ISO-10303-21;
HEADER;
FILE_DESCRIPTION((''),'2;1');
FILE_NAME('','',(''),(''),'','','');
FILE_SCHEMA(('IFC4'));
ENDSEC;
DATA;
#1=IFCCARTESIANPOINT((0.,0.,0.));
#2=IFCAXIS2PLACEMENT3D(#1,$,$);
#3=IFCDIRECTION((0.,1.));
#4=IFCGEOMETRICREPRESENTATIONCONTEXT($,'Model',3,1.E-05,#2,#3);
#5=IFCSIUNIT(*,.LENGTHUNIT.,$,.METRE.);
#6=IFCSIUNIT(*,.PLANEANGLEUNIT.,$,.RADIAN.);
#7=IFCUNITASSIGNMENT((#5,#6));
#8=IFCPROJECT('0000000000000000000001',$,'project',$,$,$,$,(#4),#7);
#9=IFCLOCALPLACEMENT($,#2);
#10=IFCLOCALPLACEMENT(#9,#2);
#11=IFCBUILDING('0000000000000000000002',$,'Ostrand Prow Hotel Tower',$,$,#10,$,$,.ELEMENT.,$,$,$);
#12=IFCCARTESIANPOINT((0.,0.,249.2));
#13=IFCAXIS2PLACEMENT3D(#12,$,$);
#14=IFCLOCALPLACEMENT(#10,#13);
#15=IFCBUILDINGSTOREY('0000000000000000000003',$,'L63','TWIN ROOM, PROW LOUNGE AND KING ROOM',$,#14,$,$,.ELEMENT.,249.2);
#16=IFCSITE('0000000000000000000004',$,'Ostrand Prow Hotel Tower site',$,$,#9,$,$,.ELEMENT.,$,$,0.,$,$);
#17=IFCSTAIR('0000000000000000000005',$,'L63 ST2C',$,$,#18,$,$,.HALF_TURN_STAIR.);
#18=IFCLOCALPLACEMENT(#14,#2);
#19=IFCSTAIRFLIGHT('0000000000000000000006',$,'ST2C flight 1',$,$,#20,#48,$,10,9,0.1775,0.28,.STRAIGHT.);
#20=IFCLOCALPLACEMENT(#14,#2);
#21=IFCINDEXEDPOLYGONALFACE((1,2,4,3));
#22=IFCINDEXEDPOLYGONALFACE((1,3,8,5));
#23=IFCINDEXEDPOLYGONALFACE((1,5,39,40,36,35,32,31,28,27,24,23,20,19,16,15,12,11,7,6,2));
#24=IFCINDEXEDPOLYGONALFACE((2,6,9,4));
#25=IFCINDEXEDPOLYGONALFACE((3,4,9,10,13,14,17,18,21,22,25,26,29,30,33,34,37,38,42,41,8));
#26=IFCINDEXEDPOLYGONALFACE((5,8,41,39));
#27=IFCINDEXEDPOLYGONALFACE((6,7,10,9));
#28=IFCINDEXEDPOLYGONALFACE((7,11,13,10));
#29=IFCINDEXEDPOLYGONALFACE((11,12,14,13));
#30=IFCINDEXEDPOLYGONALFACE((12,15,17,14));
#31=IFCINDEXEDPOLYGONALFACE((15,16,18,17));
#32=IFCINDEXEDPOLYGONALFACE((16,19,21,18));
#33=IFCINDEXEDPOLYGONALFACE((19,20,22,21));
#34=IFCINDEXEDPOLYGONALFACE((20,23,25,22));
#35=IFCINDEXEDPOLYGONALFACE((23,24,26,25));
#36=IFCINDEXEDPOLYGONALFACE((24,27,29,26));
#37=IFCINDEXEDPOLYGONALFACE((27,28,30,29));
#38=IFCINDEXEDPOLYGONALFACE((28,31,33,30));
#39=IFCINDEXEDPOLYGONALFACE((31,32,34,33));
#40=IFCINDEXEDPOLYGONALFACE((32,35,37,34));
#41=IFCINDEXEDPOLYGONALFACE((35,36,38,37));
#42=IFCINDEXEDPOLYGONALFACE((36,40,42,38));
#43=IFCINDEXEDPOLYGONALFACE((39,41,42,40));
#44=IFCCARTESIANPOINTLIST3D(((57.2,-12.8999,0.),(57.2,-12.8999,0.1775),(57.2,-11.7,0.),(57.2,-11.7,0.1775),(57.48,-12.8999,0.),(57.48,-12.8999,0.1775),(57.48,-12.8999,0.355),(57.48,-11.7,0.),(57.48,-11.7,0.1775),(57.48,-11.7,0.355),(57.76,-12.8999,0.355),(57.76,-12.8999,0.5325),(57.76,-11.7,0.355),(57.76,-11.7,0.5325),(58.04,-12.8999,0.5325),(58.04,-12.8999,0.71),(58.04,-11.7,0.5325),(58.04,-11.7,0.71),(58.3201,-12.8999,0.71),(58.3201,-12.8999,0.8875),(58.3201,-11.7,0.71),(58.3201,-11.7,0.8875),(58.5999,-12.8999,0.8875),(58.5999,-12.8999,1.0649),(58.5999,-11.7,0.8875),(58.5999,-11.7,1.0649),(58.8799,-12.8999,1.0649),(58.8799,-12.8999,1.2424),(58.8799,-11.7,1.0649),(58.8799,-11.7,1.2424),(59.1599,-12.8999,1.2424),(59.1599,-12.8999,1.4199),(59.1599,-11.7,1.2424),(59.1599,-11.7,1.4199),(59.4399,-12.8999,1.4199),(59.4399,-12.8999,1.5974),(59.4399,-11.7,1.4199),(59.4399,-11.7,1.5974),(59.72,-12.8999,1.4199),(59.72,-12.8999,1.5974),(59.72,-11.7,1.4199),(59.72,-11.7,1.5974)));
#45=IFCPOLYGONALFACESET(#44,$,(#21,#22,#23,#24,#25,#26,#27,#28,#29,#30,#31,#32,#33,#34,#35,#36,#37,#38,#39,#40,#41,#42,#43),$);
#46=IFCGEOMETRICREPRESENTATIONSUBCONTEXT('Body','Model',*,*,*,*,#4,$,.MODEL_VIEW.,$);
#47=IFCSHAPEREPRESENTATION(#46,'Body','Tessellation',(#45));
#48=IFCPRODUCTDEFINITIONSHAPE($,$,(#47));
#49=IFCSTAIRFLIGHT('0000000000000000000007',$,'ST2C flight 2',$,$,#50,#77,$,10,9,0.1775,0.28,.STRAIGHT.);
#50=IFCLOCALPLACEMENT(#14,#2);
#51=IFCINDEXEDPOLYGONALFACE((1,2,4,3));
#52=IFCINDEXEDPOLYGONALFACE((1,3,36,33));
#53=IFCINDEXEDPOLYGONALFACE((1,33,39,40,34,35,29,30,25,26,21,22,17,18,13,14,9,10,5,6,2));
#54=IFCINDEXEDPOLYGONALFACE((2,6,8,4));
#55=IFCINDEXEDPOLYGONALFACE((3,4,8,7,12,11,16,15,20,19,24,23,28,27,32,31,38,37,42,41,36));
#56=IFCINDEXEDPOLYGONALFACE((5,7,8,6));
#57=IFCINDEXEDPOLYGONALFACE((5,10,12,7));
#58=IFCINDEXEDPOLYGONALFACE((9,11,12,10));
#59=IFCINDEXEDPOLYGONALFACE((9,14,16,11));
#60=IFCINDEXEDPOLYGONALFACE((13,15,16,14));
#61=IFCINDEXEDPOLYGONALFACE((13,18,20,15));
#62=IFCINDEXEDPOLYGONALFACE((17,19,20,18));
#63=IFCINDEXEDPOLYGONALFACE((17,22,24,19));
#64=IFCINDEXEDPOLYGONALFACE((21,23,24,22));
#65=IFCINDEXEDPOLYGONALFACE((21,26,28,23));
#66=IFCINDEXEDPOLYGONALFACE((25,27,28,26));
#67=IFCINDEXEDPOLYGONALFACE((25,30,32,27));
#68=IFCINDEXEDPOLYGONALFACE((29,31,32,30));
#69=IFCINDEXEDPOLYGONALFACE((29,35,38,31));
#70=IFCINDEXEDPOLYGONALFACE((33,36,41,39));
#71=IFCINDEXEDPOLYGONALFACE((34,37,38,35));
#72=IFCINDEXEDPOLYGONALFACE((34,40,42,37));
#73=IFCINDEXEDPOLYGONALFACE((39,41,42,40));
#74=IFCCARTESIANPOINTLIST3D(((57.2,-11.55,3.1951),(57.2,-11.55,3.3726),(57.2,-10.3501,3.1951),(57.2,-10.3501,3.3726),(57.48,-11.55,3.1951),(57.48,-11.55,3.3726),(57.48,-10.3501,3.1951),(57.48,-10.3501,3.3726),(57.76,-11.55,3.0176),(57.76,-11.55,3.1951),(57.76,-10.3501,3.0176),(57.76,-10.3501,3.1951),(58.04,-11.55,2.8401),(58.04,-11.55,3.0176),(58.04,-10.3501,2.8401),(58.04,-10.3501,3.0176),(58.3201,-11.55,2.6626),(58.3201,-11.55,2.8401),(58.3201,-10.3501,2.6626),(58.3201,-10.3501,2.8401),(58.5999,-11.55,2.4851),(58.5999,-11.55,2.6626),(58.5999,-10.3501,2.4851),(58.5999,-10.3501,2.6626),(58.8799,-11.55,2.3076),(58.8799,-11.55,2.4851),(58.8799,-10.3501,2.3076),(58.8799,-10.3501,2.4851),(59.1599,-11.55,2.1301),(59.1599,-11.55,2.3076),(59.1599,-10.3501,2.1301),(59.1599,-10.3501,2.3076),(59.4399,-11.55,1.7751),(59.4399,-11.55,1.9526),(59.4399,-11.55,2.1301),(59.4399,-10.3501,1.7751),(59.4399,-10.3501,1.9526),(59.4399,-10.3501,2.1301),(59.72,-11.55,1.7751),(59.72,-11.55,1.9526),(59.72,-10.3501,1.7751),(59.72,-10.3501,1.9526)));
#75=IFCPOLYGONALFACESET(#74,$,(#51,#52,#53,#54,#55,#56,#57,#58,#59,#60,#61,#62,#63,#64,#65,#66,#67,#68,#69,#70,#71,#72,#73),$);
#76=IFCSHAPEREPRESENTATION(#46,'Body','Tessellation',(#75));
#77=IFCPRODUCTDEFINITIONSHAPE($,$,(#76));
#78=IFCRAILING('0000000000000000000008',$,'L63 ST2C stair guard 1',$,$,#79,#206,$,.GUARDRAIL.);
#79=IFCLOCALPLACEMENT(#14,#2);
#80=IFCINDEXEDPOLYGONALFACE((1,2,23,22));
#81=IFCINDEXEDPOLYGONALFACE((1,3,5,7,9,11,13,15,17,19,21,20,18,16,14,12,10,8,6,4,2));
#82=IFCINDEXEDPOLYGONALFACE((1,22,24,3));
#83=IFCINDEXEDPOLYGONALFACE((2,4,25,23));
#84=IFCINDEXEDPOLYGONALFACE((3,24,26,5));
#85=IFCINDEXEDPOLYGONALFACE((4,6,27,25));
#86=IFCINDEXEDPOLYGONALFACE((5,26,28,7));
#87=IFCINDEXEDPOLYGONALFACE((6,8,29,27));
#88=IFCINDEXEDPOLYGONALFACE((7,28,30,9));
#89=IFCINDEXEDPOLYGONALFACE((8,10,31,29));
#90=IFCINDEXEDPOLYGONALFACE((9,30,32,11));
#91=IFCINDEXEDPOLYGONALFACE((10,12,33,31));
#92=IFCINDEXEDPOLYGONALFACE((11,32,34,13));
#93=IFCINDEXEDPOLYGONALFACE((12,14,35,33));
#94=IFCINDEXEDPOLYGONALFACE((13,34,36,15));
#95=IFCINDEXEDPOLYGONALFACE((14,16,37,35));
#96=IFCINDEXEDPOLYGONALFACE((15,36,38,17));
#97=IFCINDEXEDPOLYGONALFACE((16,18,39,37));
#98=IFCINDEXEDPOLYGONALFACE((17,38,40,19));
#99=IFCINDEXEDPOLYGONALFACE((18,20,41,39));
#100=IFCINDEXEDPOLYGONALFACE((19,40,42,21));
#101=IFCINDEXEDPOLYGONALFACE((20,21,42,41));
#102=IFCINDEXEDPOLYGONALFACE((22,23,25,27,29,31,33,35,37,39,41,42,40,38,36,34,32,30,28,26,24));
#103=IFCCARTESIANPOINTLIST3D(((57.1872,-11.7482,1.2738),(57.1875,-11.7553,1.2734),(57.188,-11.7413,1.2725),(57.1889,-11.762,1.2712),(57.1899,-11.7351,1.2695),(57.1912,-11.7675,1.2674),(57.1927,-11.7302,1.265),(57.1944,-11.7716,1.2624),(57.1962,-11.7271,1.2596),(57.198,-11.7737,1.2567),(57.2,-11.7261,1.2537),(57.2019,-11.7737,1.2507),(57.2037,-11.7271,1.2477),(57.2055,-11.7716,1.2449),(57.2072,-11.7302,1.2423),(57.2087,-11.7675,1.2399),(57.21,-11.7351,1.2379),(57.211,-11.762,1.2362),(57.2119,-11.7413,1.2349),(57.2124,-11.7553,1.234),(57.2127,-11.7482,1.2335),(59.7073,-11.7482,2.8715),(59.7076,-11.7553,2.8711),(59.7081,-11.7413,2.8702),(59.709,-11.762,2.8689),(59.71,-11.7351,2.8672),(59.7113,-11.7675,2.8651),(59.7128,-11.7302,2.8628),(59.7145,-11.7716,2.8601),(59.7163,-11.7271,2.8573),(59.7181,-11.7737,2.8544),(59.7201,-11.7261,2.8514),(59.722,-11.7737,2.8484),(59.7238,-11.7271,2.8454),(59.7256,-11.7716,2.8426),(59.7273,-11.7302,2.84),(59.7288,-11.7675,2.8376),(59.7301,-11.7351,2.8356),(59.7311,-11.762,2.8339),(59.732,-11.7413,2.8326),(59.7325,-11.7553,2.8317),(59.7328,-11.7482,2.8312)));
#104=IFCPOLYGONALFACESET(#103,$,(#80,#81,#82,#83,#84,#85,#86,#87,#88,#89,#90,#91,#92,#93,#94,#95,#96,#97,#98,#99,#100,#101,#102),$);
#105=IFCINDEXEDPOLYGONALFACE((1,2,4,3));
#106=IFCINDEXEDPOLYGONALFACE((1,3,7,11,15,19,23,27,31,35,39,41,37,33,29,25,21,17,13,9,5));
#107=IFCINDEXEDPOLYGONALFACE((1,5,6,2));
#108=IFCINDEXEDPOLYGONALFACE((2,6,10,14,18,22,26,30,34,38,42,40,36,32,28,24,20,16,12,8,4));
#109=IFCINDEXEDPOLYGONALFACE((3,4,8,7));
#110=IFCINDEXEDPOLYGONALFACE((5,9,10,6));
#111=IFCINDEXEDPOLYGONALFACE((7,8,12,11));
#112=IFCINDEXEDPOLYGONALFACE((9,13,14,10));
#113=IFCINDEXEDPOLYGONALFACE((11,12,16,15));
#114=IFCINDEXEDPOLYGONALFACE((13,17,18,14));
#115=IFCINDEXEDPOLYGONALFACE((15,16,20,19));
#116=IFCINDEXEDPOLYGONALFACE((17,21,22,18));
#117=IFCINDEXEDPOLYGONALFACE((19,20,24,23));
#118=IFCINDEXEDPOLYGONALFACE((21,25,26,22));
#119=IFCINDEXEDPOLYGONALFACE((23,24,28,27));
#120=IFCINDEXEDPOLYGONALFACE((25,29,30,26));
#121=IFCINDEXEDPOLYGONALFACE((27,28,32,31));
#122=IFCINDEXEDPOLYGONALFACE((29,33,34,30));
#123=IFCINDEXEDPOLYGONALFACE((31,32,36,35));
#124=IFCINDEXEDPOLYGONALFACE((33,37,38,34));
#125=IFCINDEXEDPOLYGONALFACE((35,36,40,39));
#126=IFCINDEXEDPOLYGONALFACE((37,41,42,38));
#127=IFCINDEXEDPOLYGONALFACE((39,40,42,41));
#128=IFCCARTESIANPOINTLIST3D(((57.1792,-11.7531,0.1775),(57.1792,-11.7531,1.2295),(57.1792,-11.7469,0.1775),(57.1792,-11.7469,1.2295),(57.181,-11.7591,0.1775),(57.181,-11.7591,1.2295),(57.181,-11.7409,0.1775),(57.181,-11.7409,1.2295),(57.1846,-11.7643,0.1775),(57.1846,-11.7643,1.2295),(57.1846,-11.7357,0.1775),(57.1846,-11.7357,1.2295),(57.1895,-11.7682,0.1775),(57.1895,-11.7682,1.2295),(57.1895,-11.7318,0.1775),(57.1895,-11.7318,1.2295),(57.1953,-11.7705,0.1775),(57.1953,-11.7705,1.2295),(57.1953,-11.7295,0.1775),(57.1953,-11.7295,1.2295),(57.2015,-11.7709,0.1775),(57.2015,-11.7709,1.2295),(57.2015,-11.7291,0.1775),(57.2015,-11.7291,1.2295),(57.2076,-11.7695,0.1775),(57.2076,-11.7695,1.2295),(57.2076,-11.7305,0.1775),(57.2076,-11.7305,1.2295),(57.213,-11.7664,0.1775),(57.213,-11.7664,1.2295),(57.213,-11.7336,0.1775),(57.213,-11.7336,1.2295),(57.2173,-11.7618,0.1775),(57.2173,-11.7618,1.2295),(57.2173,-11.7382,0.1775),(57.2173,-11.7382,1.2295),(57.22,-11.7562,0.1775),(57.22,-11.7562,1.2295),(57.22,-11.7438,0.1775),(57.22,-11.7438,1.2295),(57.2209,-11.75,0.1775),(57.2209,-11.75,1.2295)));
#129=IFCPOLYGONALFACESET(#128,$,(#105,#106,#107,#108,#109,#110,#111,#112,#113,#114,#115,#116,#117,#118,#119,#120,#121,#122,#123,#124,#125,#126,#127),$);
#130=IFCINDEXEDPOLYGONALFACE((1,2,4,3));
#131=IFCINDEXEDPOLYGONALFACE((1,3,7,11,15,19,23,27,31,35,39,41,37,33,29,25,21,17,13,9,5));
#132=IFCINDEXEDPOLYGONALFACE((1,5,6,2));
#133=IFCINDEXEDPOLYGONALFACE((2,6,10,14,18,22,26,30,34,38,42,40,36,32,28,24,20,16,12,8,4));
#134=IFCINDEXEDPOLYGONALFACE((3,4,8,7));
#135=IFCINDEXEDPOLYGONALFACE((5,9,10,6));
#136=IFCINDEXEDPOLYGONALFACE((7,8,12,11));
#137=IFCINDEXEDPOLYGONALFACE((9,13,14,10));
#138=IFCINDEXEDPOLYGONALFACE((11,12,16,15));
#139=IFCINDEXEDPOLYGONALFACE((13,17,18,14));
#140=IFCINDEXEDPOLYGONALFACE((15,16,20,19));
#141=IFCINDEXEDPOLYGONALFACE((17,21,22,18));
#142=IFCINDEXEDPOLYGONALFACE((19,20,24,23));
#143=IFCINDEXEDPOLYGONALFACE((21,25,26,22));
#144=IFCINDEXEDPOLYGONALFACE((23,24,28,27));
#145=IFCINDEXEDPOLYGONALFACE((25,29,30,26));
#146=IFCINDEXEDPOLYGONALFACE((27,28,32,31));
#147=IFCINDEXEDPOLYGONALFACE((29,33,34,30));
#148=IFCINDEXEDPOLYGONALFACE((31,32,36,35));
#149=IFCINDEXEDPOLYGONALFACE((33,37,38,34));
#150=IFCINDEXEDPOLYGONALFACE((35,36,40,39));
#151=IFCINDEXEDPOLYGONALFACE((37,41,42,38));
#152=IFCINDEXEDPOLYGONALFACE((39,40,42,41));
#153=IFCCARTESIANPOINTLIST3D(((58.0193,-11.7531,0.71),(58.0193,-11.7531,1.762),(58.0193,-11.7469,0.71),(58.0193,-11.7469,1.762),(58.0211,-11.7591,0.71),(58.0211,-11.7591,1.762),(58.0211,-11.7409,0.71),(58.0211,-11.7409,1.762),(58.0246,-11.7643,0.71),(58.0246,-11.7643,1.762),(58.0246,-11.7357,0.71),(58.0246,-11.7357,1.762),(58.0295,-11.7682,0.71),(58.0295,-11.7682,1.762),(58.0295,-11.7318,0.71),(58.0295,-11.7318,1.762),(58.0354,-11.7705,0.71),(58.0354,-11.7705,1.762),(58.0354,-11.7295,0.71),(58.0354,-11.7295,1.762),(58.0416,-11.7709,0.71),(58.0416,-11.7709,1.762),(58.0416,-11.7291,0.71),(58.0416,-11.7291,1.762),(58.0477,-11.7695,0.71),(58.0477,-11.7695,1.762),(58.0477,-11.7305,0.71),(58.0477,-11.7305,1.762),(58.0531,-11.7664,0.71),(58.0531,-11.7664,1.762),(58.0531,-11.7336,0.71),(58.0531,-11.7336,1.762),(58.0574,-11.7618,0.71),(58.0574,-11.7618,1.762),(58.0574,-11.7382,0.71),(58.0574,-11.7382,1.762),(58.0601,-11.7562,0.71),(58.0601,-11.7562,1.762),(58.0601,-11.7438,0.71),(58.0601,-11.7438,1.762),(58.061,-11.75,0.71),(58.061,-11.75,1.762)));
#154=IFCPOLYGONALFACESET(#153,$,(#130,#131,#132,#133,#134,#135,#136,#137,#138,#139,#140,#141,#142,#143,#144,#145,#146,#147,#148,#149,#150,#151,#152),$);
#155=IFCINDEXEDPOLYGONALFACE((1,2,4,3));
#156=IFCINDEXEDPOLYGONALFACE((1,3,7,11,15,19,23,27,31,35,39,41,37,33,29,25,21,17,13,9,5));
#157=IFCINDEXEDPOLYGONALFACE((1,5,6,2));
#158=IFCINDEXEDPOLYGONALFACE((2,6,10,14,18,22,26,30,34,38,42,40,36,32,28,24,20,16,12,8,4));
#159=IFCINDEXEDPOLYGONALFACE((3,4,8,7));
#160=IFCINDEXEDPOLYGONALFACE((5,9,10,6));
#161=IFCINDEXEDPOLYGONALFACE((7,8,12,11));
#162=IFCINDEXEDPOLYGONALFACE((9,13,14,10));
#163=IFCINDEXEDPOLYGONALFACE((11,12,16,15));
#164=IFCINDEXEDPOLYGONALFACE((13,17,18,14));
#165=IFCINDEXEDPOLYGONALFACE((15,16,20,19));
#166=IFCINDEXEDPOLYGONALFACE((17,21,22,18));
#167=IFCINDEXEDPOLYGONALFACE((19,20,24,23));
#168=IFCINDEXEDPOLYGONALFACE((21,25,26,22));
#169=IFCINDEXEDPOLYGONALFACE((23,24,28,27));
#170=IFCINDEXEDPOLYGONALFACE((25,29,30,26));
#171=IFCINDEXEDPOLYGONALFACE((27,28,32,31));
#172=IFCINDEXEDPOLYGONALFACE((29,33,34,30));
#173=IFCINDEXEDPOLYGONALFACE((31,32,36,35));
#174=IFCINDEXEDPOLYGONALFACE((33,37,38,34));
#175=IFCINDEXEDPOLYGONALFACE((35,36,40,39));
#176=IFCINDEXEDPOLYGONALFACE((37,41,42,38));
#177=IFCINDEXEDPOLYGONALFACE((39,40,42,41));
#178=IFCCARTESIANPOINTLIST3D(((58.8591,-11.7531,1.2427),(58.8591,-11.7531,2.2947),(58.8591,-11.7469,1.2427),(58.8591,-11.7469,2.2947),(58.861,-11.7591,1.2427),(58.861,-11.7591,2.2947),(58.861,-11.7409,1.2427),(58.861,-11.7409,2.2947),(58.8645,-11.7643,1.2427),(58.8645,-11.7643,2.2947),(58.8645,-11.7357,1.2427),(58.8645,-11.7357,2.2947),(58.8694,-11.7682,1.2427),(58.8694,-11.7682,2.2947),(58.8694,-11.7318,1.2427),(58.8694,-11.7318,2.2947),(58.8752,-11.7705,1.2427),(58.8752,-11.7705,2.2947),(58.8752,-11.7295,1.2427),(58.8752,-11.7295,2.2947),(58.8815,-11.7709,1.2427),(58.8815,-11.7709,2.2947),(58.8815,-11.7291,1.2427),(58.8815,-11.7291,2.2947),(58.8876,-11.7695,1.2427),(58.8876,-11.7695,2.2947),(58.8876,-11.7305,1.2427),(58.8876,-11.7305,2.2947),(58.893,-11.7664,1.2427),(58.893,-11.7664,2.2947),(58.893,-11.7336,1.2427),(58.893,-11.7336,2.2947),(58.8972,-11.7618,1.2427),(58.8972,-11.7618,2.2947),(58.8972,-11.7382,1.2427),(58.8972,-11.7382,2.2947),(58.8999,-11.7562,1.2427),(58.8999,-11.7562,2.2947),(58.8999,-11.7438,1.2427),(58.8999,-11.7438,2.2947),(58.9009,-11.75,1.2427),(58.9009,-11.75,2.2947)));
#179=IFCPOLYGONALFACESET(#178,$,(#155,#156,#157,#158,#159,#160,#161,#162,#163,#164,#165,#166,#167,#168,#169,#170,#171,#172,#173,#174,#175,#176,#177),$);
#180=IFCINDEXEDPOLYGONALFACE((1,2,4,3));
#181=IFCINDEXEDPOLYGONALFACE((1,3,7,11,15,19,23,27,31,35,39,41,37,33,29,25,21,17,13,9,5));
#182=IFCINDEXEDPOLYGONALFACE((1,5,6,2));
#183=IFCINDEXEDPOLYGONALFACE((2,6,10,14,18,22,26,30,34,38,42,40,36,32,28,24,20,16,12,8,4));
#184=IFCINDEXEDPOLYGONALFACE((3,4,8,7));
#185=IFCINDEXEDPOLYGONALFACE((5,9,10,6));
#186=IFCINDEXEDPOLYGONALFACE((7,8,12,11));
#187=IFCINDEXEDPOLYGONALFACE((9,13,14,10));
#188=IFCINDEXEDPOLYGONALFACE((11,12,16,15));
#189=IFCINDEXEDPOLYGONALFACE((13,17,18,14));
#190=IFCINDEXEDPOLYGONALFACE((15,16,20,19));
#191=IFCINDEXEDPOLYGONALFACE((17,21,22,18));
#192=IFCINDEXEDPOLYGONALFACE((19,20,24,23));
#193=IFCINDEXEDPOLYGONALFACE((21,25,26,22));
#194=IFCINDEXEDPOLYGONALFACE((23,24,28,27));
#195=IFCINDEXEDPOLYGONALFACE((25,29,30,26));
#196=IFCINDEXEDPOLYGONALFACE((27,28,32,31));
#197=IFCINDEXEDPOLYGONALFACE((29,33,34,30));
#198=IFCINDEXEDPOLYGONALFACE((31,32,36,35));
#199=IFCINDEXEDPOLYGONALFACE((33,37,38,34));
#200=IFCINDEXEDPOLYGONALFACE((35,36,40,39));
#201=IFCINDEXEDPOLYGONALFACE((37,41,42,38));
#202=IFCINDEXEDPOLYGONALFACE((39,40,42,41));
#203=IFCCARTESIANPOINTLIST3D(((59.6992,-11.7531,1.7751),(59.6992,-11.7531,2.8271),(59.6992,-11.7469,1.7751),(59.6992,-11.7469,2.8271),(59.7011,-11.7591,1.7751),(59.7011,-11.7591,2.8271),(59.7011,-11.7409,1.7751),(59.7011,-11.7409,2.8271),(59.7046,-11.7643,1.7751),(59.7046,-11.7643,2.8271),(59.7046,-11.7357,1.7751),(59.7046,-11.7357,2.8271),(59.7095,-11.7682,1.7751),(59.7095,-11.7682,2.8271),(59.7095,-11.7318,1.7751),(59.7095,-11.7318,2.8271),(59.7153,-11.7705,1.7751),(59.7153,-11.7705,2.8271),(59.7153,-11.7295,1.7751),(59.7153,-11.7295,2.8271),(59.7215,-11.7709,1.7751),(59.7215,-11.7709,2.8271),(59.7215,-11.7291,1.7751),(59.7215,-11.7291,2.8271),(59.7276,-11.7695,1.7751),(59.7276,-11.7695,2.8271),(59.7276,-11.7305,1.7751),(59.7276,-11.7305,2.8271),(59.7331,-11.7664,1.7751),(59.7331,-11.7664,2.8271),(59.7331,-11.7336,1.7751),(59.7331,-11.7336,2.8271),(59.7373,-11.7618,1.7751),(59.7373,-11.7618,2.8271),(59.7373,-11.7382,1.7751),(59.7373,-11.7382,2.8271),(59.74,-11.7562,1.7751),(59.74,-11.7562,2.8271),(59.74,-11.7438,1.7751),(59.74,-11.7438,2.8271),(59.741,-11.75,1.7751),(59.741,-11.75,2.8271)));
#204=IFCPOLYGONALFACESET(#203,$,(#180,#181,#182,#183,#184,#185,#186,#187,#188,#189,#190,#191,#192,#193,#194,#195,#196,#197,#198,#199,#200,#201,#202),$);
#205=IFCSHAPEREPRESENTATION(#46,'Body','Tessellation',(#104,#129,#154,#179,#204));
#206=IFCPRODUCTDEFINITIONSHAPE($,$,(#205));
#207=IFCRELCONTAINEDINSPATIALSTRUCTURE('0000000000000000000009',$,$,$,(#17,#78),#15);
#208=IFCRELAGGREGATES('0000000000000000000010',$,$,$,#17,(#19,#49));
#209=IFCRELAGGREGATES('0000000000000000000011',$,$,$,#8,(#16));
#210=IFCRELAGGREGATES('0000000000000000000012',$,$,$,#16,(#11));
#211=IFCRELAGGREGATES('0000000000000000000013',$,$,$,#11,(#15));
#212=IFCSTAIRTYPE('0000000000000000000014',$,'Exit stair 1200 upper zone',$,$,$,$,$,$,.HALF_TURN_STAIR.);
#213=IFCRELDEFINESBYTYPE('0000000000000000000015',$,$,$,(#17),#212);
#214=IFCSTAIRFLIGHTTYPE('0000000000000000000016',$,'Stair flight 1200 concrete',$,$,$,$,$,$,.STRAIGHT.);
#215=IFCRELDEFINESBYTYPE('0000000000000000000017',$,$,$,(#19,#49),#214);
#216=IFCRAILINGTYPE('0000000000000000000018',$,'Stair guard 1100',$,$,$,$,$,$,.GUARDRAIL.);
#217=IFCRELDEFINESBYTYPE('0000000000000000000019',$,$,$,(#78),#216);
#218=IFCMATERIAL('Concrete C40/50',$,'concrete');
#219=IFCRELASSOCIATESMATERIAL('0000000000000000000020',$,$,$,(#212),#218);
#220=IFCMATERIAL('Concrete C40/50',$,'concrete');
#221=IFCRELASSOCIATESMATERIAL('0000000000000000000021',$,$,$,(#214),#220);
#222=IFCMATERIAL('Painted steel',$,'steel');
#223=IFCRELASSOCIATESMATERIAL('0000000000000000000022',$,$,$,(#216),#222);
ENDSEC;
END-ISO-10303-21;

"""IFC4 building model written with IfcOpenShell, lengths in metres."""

from ifc_helpers import new_model, si_unit, direction, frame, origin, origin_2d, place, context, subcontext, project, spatial, polyline, circle, outline, extrude, material, type_object, element, aggregate, save


model = new_model("IFC4")

# Units and contexts
model_context = context("Model", 3, precision=1e-05, world=origin(), true_north=direction((0.0, 1.0)))
body_context = subcontext(model_context, "Body", "Model", "MODEL_VIEW")
ifc_project = project(units=[si_unit("LENGTHUNIT", "METRE"), si_unit("PLANEANGLEUNIT", "RADIAN")], contexts=[model_context])

# Site, building, storey
site_placement = place(None, origin())
site = spatial("IfcSite", under=ifc_project, at=site_placement, Name="Ostrand Prow Hotel Tower site", CompositionType="ELEMENT", RefElevation=0.0)
building_placement = place(site_placement, origin())
building = spatial("IfcBuilding", under=site, at=building_placement, Name="Ostrand Prow Hotel Tower", CompositionType="ELEMENT")
storey_placement = place(building_placement, frame((0.0, 0.0, 249.2)))
storey = spatial("IfcBuildingStorey", under=building, at=storey_placement, Name="L63", Description="TWIN ROOM, PROW LOUNGE AND KING ROOM", CompositionType="ELEMENT", Elevation=249.2)

# Stair, stair flights
ifc_material_1 = material(Name="Concrete C40/50", Category="concrete")
stair_type = type_object("IfcStairType", Name="Exit stair 1200 upper zone", PredefinedType="HALF_TURN_STAIR", material=ifc_material_1)
stair_placement = place(storey_placement, origin())
stair = element("IfcStair", 1, at=stair_placement, inside=storey, type_object=stair_type, Name="L63 ST2C", PredefinedType="HALF_TURN_STAIR")
ifc_material_2 = material(Name="Concrete C40/50", Category="concrete")
stair_flight_type = type_object("IfcStairFlightType", Name="Stair flight 1200 concrete", PredefinedType="STRAIGHT", material=ifc_material_2)
stair_flight_1_placement = place(storey_placement, frame((57.2, -12.3, 0.0), z_axis=(0.0, 0.0, 1.0), x_axis=(1.0, 0.0, 0.0)))
stair_flight_1 = element("IfcStairFlight", 2, at=stair_flight_1_placement, type_object=stair_flight_type, Name="ST2C flight 1", NumberOfRisers=10, NumberOfTreads=9, PredefinedType="STRAIGHT", RiserHeight=0.1775, TreadLength=0.28, context=body_context, shape_type="SweptSolid", body=[
    extrude(outline(polyline([(0.0, 0.0), (0.0, 0.1775), (0.28, 0.1775), (0.28, 0.355), (0.5601, 0.355), (0.5601, 0.5325), (0.8401, 0.5325), (0.8401, 0.71), (1.1201, 0.71), (1.1201, 0.8875), (1.3999, 0.8875), (1.3999, 1.0649), (1.6799, 1.0649), (1.6799, 1.2424), (1.96, 1.2424), (1.96, 1.4199), (2.24, 1.4199), (2.24, 1.5974), (2.52, 1.5974), (2.52, 1.7749), (2.52, 1.4199), (0.28, 0.0), (0.0, 0.0)])), frame((0.0, 0.6001, 0.0), z_axis=(0.0, -1.0, 0.0), x_axis=(1.0, 0.0, 0.0)), (0.0, 0.0, 1.0), 1.2),
])
stair_flight_2_placement = place(storey_placement, frame((59.72, -10.95, 1.7751), z_axis=(0.0, 0.0, 1.0), x_axis=(-1.0, 0.0, 0.0)))
stair_flight_2 = element("IfcStairFlight", 3, at=stair_flight_2_placement, type_object=stair_flight_type, Name="ST2C flight 2", NumberOfRisers=10, NumberOfTreads=9, PredefinedType="STRAIGHT", RiserHeight=0.1775, TreadLength=0.28, context=body_context, shape_type="SweptSolid", body=[
    extrude(outline(polyline([(0.0, 0.0), (0.0, 0.1775), (0.28, 0.1775), (0.28, 0.355), (0.5601, 0.355), (0.5601, 0.5325), (0.8401, 0.5325), (0.8401, 0.71), (1.1201, 0.71), (1.1201, 0.8875), (1.3999, 0.8875), (1.3999, 1.0649), (1.6799, 1.0649), (1.6799, 1.2424), (1.96, 1.2424), (1.96, 1.4199), (2.24, 1.4199), (2.24, 1.5974), (2.52, 1.5974), (2.52, 1.7749), (2.52, 1.4199), (0.28, 0.0), (0.0, 0.0)])), frame((0.0, 0.6001, 0.0), z_axis=(0.0, -1.0, 0.0), x_axis=(1.0, 0.0, 0.0)), (0.0, 0.0, 1.0), 1.2),
])
aggregate(stair, [stair_flight_1, stair_flight_2])

# Railing
ifc_material_3 = material(Name="Painted steel", Category="steel")
railing_type_1 = type_object("IfcRailingType", Name="Stair guard 1100", PredefinedType="GUARDRAIL", material=ifc_material_3)
railing_1_placement = place(storey_placement, frame((57.2, -11.75, 0.1775)))
element("IfcRailing", 4, at=railing_1_placement, inside=storey, type_object=railing_type_1, Name="L63 ST2C stair guard 1", PredefinedType="GUARDRAIL", context=body_context, shape_type="SweptSolid", body=[
    extrude(circle(Radius=0.0239, at=origin_2d()), frame((0.0, 0.0, 1.0762), z_axis=(0.84457, 0.0, 0.535445), x_axis=(0.0, 1.0, 0.0)), (0.0, 0.0, 1.0), 2.9839),
    extrude(circle(Radius=0.021, at=origin_2d()), origin(), (0.0, 0.0, 1.0), 1.052),
    extrude(circle(Radius=0.021, at=origin_2d()), frame((0.8401, 0.0, 0.5325)), (0.0, 0.0, 1.0), 1.052),
    extrude(circle(Radius=0.021, at=origin_2d()), frame((1.6799, 0.0, 1.0652)), (0.0, 0.0, 1.0), 1.052),
    extrude(circle(Radius=0.021, at=origin_2d()), frame((2.52, 0.0, 1.5977)), (0.0, 0.0, 1.0), 1.052),
])

save(model, "model.ifc")
